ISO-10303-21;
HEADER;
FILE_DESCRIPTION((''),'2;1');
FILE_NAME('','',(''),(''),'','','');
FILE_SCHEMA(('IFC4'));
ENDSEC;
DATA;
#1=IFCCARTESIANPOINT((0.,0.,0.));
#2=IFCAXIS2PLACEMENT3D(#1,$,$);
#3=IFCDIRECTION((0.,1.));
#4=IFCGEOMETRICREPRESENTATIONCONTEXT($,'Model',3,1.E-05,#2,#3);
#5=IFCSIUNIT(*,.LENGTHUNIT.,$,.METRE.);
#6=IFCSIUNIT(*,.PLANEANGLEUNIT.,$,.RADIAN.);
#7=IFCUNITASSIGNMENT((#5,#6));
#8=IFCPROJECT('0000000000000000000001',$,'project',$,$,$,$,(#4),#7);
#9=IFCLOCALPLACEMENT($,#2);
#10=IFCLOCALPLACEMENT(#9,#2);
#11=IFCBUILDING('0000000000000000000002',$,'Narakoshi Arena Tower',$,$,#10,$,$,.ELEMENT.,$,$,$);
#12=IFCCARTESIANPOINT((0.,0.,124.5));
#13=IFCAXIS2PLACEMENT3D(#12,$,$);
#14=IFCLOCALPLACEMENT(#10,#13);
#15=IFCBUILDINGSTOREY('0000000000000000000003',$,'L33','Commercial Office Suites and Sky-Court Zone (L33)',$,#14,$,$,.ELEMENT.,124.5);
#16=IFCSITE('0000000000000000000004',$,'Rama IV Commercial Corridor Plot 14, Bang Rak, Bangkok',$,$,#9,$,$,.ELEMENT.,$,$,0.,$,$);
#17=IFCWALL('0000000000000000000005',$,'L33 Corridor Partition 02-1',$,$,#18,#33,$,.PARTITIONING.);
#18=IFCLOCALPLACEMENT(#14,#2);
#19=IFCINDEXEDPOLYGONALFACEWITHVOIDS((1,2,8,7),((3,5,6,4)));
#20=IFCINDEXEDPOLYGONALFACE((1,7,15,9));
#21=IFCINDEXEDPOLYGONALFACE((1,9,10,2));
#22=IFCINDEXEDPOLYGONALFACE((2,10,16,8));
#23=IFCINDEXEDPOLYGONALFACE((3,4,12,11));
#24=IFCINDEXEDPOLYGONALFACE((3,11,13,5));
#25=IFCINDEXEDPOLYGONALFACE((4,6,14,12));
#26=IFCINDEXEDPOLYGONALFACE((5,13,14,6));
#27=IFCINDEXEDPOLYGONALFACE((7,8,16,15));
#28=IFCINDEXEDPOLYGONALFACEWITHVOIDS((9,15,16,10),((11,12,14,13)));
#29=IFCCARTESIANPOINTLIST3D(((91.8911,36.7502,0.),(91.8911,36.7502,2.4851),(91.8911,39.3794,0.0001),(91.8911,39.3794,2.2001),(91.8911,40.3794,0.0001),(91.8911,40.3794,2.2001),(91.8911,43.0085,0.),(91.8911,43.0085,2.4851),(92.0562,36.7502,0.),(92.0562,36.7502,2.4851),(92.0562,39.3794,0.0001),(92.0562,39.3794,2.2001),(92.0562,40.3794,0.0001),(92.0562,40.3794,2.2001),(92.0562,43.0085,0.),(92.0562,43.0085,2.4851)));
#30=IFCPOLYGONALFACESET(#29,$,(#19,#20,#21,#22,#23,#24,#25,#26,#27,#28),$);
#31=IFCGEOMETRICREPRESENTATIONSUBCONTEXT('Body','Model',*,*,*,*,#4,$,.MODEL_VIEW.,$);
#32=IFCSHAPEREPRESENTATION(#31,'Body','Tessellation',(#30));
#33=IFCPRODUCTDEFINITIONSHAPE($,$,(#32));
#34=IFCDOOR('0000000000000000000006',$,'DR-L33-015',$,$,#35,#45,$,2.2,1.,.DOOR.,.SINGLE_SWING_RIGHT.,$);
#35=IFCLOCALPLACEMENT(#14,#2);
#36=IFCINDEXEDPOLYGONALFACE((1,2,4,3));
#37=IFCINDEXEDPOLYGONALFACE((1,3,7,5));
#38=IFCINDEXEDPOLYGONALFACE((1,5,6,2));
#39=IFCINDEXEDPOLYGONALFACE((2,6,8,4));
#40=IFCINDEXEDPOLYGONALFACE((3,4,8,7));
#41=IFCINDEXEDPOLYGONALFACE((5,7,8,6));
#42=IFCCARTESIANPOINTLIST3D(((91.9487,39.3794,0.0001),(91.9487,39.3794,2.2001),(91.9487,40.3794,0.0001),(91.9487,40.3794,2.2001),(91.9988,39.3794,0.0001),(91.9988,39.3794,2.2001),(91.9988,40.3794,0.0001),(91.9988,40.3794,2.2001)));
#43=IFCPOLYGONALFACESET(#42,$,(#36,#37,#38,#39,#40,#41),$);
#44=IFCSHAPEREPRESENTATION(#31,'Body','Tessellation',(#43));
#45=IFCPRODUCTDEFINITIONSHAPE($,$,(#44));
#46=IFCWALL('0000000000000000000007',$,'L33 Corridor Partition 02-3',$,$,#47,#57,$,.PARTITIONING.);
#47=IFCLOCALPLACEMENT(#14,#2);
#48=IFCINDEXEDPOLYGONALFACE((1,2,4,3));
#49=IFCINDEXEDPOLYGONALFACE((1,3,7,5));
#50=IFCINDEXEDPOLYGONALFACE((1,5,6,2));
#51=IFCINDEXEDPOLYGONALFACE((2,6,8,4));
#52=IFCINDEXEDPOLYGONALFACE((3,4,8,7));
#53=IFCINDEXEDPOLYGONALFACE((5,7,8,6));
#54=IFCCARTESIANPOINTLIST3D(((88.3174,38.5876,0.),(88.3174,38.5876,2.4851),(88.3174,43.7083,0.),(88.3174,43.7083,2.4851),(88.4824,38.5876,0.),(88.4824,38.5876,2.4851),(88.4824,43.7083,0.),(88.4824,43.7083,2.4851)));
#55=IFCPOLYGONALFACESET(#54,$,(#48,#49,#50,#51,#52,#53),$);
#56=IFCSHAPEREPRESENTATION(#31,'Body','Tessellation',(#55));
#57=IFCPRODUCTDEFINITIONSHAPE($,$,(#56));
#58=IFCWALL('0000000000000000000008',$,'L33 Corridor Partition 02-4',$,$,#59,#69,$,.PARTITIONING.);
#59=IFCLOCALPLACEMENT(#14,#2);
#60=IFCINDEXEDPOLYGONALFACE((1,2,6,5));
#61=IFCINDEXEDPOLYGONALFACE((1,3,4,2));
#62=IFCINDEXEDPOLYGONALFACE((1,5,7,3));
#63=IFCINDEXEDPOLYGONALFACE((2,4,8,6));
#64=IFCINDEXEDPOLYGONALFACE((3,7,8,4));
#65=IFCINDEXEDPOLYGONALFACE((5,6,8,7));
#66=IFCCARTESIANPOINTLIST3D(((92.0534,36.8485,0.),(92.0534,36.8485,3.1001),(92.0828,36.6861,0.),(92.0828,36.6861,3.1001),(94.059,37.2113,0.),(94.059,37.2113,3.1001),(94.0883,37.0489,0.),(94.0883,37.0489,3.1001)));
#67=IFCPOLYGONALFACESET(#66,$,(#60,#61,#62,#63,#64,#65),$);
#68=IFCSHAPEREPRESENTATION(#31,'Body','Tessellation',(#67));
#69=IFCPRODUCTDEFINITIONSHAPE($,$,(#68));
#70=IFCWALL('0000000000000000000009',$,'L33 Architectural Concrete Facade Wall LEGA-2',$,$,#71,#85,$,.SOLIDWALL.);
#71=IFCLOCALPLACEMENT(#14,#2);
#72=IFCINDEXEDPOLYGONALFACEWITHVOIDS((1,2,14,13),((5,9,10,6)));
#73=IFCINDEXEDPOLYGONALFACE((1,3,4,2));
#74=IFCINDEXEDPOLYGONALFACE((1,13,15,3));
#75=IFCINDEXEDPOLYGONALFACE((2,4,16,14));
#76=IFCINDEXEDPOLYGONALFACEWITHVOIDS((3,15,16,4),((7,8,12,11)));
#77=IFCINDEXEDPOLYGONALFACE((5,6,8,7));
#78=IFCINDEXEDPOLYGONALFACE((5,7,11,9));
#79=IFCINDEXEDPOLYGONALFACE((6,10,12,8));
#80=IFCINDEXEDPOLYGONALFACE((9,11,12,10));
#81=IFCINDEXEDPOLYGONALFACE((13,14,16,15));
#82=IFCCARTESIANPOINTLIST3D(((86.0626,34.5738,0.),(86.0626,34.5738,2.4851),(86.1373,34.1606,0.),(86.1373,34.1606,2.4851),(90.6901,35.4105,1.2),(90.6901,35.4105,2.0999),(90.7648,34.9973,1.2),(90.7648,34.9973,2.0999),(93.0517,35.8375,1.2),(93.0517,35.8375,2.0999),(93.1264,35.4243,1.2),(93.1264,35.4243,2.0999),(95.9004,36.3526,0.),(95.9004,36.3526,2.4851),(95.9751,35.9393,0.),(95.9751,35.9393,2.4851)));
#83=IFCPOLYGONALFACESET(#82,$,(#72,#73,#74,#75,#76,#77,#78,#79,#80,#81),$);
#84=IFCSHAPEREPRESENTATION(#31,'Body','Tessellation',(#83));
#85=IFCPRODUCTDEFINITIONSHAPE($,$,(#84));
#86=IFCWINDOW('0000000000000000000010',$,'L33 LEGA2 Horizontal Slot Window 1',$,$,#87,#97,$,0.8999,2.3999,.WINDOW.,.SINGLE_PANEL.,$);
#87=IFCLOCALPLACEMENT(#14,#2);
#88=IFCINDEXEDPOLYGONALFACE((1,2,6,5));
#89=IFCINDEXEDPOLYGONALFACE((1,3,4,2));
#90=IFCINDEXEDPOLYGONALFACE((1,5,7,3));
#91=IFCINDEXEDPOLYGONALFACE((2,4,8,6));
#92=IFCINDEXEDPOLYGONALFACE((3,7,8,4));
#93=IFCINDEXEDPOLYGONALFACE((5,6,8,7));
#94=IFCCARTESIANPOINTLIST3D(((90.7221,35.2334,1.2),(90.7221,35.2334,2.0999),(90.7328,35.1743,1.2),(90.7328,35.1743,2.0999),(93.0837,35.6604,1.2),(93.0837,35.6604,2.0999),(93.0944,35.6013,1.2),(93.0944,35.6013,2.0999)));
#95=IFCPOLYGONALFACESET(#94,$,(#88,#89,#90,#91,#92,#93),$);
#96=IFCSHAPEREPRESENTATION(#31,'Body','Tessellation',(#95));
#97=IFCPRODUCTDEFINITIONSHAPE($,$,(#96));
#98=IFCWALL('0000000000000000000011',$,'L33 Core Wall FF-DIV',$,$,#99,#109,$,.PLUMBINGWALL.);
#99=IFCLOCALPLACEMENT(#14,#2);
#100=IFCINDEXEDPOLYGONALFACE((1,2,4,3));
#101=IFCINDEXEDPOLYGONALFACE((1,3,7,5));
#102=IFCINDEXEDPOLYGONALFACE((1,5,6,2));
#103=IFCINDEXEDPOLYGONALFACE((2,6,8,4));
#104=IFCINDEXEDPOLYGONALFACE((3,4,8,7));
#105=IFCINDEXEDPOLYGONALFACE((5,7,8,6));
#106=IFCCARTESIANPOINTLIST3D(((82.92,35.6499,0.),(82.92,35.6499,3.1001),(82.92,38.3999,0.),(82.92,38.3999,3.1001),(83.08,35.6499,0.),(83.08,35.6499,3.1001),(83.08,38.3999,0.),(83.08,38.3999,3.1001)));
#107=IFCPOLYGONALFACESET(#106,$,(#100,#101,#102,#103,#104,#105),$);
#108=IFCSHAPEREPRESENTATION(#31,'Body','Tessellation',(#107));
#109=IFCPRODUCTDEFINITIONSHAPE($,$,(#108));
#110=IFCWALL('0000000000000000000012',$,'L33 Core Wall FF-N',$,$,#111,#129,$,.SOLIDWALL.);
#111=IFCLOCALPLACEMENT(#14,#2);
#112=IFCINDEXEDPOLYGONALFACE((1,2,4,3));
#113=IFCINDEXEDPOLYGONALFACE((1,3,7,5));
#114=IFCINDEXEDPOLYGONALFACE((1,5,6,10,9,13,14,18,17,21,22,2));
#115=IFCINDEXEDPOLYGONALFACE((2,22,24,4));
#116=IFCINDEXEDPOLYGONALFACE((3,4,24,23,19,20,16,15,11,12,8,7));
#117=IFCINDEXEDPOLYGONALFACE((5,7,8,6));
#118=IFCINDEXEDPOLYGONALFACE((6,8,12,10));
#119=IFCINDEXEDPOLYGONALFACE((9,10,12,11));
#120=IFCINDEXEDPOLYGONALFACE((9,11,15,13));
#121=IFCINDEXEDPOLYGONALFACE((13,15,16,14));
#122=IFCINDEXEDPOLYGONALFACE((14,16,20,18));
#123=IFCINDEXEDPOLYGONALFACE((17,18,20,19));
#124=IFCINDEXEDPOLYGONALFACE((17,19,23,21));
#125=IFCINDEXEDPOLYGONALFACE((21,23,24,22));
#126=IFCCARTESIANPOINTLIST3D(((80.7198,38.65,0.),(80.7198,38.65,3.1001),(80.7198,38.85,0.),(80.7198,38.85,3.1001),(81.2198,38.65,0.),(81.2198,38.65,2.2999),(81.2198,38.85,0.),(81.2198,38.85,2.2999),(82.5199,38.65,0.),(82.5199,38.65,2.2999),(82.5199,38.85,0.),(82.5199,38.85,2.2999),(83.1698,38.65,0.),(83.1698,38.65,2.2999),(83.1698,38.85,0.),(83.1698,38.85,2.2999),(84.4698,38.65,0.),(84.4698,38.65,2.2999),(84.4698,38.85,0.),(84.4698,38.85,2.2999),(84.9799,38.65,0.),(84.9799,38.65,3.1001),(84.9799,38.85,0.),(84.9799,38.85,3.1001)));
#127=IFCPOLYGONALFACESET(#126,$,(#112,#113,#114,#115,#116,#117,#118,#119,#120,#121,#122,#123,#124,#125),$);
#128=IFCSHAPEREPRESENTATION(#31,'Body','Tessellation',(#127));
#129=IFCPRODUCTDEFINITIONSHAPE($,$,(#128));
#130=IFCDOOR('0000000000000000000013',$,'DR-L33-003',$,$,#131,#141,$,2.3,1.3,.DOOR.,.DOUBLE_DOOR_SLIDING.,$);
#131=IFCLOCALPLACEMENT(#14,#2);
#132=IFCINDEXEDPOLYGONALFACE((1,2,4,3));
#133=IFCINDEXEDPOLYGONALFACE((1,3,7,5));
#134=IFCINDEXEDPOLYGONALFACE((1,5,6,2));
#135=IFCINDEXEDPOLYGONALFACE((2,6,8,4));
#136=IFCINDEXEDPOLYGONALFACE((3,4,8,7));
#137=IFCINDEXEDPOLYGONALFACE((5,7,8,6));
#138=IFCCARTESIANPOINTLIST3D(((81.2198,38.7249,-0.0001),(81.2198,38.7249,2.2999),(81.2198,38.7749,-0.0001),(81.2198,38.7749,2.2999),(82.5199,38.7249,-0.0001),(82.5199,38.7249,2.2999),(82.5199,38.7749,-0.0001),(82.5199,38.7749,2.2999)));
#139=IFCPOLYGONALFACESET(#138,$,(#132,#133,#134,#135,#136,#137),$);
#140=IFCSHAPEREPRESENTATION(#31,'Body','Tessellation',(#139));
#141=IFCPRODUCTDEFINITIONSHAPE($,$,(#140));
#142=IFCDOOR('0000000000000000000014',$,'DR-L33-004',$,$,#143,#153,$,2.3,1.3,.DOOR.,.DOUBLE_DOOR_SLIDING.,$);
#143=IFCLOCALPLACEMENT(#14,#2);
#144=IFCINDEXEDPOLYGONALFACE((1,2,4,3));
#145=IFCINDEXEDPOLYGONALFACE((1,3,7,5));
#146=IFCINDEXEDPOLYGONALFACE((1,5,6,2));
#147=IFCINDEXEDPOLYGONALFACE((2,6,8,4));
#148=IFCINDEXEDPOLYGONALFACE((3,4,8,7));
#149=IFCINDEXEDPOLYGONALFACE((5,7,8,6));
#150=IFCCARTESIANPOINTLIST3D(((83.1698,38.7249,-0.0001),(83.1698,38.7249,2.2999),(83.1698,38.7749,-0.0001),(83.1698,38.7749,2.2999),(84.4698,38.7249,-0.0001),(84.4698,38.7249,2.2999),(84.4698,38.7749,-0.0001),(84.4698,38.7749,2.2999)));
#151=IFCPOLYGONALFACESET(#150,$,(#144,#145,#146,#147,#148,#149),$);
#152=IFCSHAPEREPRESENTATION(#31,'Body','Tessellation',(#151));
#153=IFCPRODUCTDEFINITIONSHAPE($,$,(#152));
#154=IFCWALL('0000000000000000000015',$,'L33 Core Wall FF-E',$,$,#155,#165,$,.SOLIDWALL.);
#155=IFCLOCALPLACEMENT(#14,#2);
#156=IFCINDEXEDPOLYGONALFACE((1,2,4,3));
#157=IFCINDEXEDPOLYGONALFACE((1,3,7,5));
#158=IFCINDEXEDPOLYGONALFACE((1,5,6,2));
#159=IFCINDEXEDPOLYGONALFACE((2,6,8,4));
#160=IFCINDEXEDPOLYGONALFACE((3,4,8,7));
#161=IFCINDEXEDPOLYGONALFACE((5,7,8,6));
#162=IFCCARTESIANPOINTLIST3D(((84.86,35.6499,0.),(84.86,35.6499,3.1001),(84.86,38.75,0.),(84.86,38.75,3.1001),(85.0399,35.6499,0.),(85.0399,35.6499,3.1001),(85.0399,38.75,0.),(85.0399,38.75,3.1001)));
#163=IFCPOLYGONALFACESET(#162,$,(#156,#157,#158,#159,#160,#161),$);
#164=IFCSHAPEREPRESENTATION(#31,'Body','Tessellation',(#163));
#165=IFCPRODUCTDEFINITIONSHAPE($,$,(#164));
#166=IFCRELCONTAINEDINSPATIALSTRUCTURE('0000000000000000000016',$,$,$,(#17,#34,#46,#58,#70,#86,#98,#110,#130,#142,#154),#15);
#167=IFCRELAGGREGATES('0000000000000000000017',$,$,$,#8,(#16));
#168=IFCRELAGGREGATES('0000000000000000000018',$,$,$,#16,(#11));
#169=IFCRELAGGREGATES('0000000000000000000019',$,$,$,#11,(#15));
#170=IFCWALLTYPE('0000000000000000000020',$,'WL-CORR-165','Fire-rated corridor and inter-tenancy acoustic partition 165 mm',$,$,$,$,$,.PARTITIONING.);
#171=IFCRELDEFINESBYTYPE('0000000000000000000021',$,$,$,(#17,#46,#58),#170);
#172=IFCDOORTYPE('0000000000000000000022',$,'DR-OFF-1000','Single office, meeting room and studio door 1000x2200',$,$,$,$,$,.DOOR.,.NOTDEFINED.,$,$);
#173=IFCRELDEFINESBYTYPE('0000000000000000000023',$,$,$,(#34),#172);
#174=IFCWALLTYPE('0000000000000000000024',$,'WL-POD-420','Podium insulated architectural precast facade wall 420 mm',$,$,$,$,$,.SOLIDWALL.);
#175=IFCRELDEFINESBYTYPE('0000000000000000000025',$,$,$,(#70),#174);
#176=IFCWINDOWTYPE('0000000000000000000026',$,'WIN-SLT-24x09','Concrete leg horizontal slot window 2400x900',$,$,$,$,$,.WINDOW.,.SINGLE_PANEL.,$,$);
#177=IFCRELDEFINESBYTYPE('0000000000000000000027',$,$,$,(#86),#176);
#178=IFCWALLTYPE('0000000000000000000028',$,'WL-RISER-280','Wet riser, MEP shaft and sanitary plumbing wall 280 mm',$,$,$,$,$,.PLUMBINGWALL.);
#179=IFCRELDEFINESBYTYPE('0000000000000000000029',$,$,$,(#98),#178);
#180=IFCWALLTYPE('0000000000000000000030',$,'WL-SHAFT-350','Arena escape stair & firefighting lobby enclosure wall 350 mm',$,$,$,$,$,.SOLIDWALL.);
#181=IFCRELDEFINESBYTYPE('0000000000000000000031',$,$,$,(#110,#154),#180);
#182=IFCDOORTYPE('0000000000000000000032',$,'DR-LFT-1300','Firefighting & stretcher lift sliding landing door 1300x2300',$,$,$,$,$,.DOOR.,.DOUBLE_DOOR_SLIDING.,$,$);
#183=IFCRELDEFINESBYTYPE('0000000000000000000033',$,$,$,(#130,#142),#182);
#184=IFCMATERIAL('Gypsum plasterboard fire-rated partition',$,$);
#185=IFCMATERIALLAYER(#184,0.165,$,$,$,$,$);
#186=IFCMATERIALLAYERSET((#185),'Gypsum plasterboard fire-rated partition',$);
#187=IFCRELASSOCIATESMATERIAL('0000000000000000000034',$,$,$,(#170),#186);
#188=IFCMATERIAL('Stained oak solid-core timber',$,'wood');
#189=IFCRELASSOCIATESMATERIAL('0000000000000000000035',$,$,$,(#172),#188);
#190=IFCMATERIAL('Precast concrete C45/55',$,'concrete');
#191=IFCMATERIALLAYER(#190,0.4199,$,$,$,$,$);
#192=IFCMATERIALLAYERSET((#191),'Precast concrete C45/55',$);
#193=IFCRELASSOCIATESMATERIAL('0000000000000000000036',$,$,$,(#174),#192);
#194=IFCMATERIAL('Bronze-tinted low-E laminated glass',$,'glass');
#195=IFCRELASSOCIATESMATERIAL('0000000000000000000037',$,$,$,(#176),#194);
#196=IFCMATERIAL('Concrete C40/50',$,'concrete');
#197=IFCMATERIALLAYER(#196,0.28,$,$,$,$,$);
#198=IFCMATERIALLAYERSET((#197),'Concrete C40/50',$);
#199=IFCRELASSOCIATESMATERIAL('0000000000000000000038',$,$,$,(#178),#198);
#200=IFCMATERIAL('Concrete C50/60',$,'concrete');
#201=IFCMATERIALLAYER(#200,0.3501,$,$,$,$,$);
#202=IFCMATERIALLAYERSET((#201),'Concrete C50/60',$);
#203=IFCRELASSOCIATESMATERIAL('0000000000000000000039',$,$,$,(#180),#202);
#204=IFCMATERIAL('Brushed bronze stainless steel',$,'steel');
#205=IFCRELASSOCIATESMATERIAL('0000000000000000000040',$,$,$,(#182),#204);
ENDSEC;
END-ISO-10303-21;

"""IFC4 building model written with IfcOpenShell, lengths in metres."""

from ifc_helpers import new_model, si_unit, direction, frame, frame_2d, origin, place, context, subcontext, project, spatial, rectangle, extrude, material, layer, layer_set, type_object, element, fill, save


model = new_model("IFC4")

# Units and contexts
model_context = context("Model", 3, precision=1e-05, world=origin(), true_north=direction((0.0, 1.0)))
body_context = subcontext(model_context, "Body", "Model", "MODEL_VIEW")
ifc_project = project(units=[si_unit("LENGTHUNIT", "METRE"), si_unit("PLANEANGLEUNIT", "RADIAN")], contexts=[model_context])

# Site, building, storey
site_placement = place(None, origin())
site = spatial("IfcSite", under=ifc_project, at=site_placement, Name="Rama IV Commercial Corridor Plot 14, Bang Rak, Bangkok", CompositionType="ELEMENT", RefElevation=0.0)
building_placement = place(site_placement, origin())
building = spatial("IfcBuilding", under=site, at=building_placement, Name="Narakoshi Arena Tower", CompositionType="ELEMENT")
storey_placement = place(building_placement, frame((0.0, 0.0, 124.5)))
storey = spatial("IfcBuildingStorey", under=building, at=storey_placement, Name="L33", Description="Commercial Office Suites and Sky-Court Zone (L33)", CompositionType="ELEMENT", Elevation=124.5)

# Wall, opening, door
ifc_material_1 = material(Name="Gypsum plasterboard fire-rated partition")
ifc_layer_1 = layer(ifc_material_1, 0.165)
ifc_layer_set_1 = layer_set([ifc_layer_1], Name="Gypsum plasterboard fire-rated partition")
wall_type_1 = type_object("IfcWallType", Name="WL-CORR-165", Description="Fire-rated corridor and inter-tenancy acoustic partition 165 mm", PredefinedType="PARTITIONING", material=ifc_layer_set_1)
wall_1_placement = place(storey_placement, frame((91.9736, 43.0085, 0.0), z_axis=(0.0, 0.0, 1.0), x_axis=(0.0, -1.0, 0.0)))
wall_1 = element("IfcWall", 1, at=wall_1_placement, inside=storey, type_object=wall_type_1, Name="L33 Corridor Partition 02-1", PredefinedType="PARTITIONING", context=body_context, shape_type="SweptSolid", body=[
    extrude(rectangle(XDim=6.2583, YDim=0.165, at=frame_2d((3.1292, 0.0))), origin(), (0.0, 0.0, 1.0), 2.4851),
])
opening_1_placement = place(wall_1_placement, frame((2.6292, 0.0, 0.0)))
opening_1 = element("IfcOpeningElement", 2, at=opening_1_placement, cuts=wall_1, PredefinedType="OPENING", context=body_context, shape_type="SweptSolid", body=[
    extrude(rectangle(XDim=1.0, YDim=2.2, at=frame_2d((0.5, 1.1001))), frame((0.0, 0.0925, 0.0), z_axis=(0.0, -1.0, 0.0), x_axis=(1.0, 0.0, 0.0)), (0.0, 0.0, 1.0), 0.1851),
])
ifc_material_2 = material(Name="Stained oak solid-core timber", Category="wood")
door_type_1 = type_object("IfcDoorType", Name="DR-OFF-1000", Description="Single office, meeting room and studio door 1000x2200", OperationType="NOTDEFINED", PredefinedType="DOOR", material=ifc_material_2)
door_1_placement = place(opening_1_placement, frame((1.0, 0.0, 0.0), z_axis=(0.0, 0.0, 1.0), x_axis=(-1.0, 0.0, 0.0)))
door_1 = element("IfcDoor", 3, at=door_1_placement, inside=storey, type_object=door_type_1, Name="DR-L33-015", OperationType="SINGLE_SWING_RIGHT", OverallHeight=2.2, OverallWidth=1.0, PredefinedType="DOOR", context=body_context, shape_type="SweptSolid", body=[
    extrude(rectangle(XDim=1.0, YDim=2.2, at=frame_2d((0.5, 1.1001))), frame((0.0, 0.0249, 0.0), z_axis=(0.0, -1.0, 0.0), x_axis=(1.0, 0.0, 0.0)), (0.0, 0.0, 1.0), 0.05),
])
fill(opening_1, door_1)

# Walls
wall_2_placement = place(storey_placement, frame((88.3999, 38.5876, 0.0), z_axis=(0.0, 0.0, 1.0), x_axis=(0.0, 1.0, 0.0)))
element("IfcWall", 4, at=wall_2_placement, inside=storey, type_object=wall_type_1, Name="L33 Corridor Partition 02-3", PredefinedType="PARTITIONING", context=body_context, shape_type="SweptSolid", body=[
    extrude(rectangle(XDim=5.1206, YDim=0.165, at=frame_2d((2.5603, 0.0))), origin(), (0.0, 0.0, 1.0), 2.4851),
])
wall_3_placement = place(storey_placement, frame((92.0681, 36.7673, 0.0), z_axis=(0.0, 0.0, 1.0), x_axis=(0.984031, 0.178, 0.0)))
element("IfcWall", 5, at=wall_3_placement, inside=storey, type_object=wall_type_1, Name="L33 Corridor Partition 02-4", PredefinedType="PARTITIONING", context=body_context, shape_type="SweptSolid", body=[
    extrude(rectangle(XDim=2.0381, YDim=0.165, at=frame_2d((1.019, 0.0))), origin(), (0.0, 0.0, 1.0), 3.1001),
])

# Wall, opening, window
ifc_material_3 = material(Name="Precast concrete C45/55", Category="concrete")
ifc_layer_2 = layer(ifc_material_3, 0.4199)
ifc_layer_set_2 = layer_set([ifc_layer_2], Name="Precast concrete C45/55")
wall_type_2 = type_object("IfcWallType", Name="WL-POD-420", Description="Podium insulated architectural precast facade wall 420 mm", PredefinedType="SOLIDWALL", material=ifc_layer_set_2)
wall_4_placement = place(storey_placement, frame((86.1001, 34.3672, 0.0), z_axis=(0.0, 0.0, 1.0), x_axis=(0.984044, 0.177927, 0.0)))
wall_4 = element("IfcWall", 6, at=wall_4_placement, inside=storey, type_object=wall_type_2, Name="L33 Architectural Concrete Facade Wall LEGA-2", PredefinedType="SOLIDWALL", context=body_context, shape_type="SweptSolid", body=[
    extrude(rectangle(XDim=9.9973, YDim=0.4199, at=frame_2d((4.9985, 0.0))), origin(), (0.0, 0.0, 1.0), 2.4851),
])
opening_2_placement = place(wall_4_placement, frame((4.7024, 0.0, 1.2)))
opening_2 = element("IfcOpeningElement", 7, at=opening_2_placement, cuts=wall_4, PredefinedType="OPENING", context=body_context, shape_type="SweptSolid", body=[
    extrude(rectangle(XDim=2.3999, YDim=0.8999, at=frame_2d((1.2, 0.45))), frame((0.0, 0.22, 0.0), z_axis=(0.0, -1.0, 0.0), x_axis=(1.0, 0.0, 0.0)), (0.0, 0.0, 1.0), 0.4399),
])
ifc_material_4 = material(Name="Bronze-tinted low-E laminated glass", Category="glass")
window_type = type_object("IfcWindowType", Name="WIN-SLT-24x09", Description="Concrete leg horizontal slot window 2400x900", PartitioningType="SINGLE_PANEL", PredefinedType="WINDOW", material=ifc_material_4)
window_placement = place(opening_2_placement, origin())
window = element("IfcWindow", 8, at=window_placement, inside=storey, type_object=window_type, Name="L33 LEGA2 Horizontal Slot Window 1", OverallHeight=0.8999, OverallWidth=2.3999, PartitioningType="SINGLE_PANEL", PredefinedType="WINDOW", context=body_context, shape_type="SweptSolid", body=[
    extrude(rectangle(XDim=2.3999, YDim=0.8999, at=frame_2d((1.2, 0.45))), frame((0.0, 0.03, 0.0), z_axis=(0.0, -1.0, 0.0), x_axis=(1.0, 0.0, 0.0)), (0.0, 0.0, 1.0), 0.0601),
])
fill(opening_2, window)

# Wall
ifc_material_5 = material(Name="Concrete C40/50", Category="concrete")
ifc_layer_3 = layer(ifc_material_5, 0.28)
ifc_layer_set_3 = layer_set([ifc_layer_3], Name="Concrete C40/50")
wall_type_3 = type_object("IfcWallType", Name="WL-RISER-280", Description="Wet riser, MEP shaft and sanitary plumbing wall 280 mm", PredefinedType="PLUMBINGWALL", material=ifc_layer_set_3)
wall_5_placement = place(storey_placement, frame((83.0, 35.6499, 0.0), z_axis=(0.0, 0.0, 1.0), x_axis=(0.0, 1.0, 0.0)))
element("IfcWall", 9, at=wall_5_placement, inside=storey, type_object=wall_type_3, Name="L33 Core Wall FF-DIV", PredefinedType="PLUMBINGWALL", context=body_context, shape_type="SweptSolid", body=[
    extrude(rectangle(XDim=2.75, YDim=0.1599, at=frame_2d((1.375, 0.0))), origin(), (0.0, 0.0, 1.0), 3.1001),
])

# Wall, openings, doors
ifc_material_6 = material(Name="Concrete C50/60", Category="concrete")
ifc_layer_4 = layer(ifc_material_6, 0.3501)
ifc_layer_set_4 = layer_set([ifc_layer_4], Name="Concrete C50/60")
wall_type_4 = type_object("IfcWallType", Name="WL-SHAFT-350", Description="Arena escape stair & firefighting lobby enclosure wall 350 mm", PredefinedType="SOLIDWALL", material=ifc_layer_set_4)
wall_6_placement = place(storey_placement, frame((80.72, 38.75, 0.0), z_axis=(0.0, 0.0, 1.0), x_axis=(1.0, 0.0, 0.0)))
wall_6 = element("IfcWall", 10, at=wall_6_placement, inside=storey, type_object=wall_type_4, Name="L33 Core Wall FF-N", PredefinedType="SOLIDWALL", context=body_context, shape_type="SweptSolid", body=[
    extrude(rectangle(XDim=4.26, YDim=0.2, at=frame_2d((2.1299, 0.0))), origin(), (0.0, 0.0, 1.0), 3.1001),
])
opening_3_placement = place(wall_6_placement, frame((0.5, 0.0, 0.0)))
opening_3 = element("IfcOpeningElement", 11, at=opening_3_placement, cuts=wall_6, PredefinedType="OPENING", context=body_context, shape_type="SweptSolid", body=[
    extrude(rectangle(XDim=1.3, YDim=2.3, at=frame_2d((0.6499, 1.1499))), frame((0.0, 0.1099, 0.0), z_axis=(0.0, -1.0, 0.0), x_axis=(1.0, 0.0, 0.0)), (0.0, 0.0, 1.0), 0.22),
])
opening_4_placement = place(wall_6_placement, frame((2.45, 0.0, 0.0)))
opening_4 = element("IfcOpeningElement", 12, at=opening_4_placement, cuts=wall_6, PredefinedType="OPENING", context=body_context, shape_type="SweptSolid", body=[
    extrude(rectangle(XDim=1.3, YDim=2.3, at=frame_2d((0.6499, 1.1499))), frame((0.0, 0.1099, 0.0), z_axis=(0.0, -1.0, 0.0), x_axis=(1.0, 0.0, 0.0)), (0.0, 0.0, 1.0), 0.22),
])
ifc_material_7 = material(Name="Brushed bronze stainless steel", Category="steel")
door_type_2 = type_object("IfcDoorType", Name="DR-LFT-1300", Description="Firefighting & stretcher lift sliding landing door 1300x2300", OperationType="DOUBLE_DOOR_SLIDING", PredefinedType="DOOR", material=ifc_material_7)
door_2_placement = place(opening_3_placement, origin())
door_2 = element("IfcDoor", 13, at=door_2_placement, inside=storey, type_object=door_type_2, Name="DR-L33-003", OperationType="DOUBLE_DOOR_SLIDING", OverallHeight=2.3, OverallWidth=1.3, PredefinedType="DOOR", context=body_context, shape_type="SweptSolid", body=[
    extrude(rectangle(XDim=1.3, YDim=2.3, at=frame_2d((0.6499, 1.1499))), frame((0.0, 0.0249, 0.0), z_axis=(0.0, -1.0, 0.0), x_axis=(1.0, 0.0, 0.0)), (0.0, 0.0, 1.0), 0.05),
])
fill(opening_3, door_2)
door_3_placement = place(opening_4_placement, origin())
door_3 = element("IfcDoor", 14, at=door_3_placement, inside=storey, type_object=door_type_2, Name="DR-L33-004", OperationType="DOUBLE_DOOR_SLIDING", OverallHeight=2.3, OverallWidth=1.3, PredefinedType="DOOR", context=body_context, shape_type="SweptSolid", body=[
    extrude(rectangle(XDim=1.3, YDim=2.3, at=frame_2d((0.6499, 1.1499))), frame((0.0, 0.0249, 0.0), z_axis=(0.0, -1.0, 0.0), x_axis=(1.0, 0.0, 0.0)), (0.0, 0.0, 1.0), 0.05),
])
fill(opening_4, door_3)

# Wall
for number, where, z_axis, x_axis, name in (
    (15, (84.95, 35.6499, 0.0), (0.0, 0.0, 1.0), (0.0, 1.0, 0.0), "L33 Core Wall FF-E"),
):
    element("IfcWall", number, at=place(storey_placement, frame(where, z_axis=z_axis, x_axis=x_axis)), inside=storey, type_object=wall_type_4, Name=name, PredefinedType="SOLIDWALL", context=body_context, shape_type="SweptSolid", body=[
        extrude(rectangle(XDim=3.1001, YDim=0.1799, at=frame_2d((1.55, 0.0))), origin(), (0.0, 0.0, 1.0), 3.1001),
    ])

save(model, "model.ifc")
